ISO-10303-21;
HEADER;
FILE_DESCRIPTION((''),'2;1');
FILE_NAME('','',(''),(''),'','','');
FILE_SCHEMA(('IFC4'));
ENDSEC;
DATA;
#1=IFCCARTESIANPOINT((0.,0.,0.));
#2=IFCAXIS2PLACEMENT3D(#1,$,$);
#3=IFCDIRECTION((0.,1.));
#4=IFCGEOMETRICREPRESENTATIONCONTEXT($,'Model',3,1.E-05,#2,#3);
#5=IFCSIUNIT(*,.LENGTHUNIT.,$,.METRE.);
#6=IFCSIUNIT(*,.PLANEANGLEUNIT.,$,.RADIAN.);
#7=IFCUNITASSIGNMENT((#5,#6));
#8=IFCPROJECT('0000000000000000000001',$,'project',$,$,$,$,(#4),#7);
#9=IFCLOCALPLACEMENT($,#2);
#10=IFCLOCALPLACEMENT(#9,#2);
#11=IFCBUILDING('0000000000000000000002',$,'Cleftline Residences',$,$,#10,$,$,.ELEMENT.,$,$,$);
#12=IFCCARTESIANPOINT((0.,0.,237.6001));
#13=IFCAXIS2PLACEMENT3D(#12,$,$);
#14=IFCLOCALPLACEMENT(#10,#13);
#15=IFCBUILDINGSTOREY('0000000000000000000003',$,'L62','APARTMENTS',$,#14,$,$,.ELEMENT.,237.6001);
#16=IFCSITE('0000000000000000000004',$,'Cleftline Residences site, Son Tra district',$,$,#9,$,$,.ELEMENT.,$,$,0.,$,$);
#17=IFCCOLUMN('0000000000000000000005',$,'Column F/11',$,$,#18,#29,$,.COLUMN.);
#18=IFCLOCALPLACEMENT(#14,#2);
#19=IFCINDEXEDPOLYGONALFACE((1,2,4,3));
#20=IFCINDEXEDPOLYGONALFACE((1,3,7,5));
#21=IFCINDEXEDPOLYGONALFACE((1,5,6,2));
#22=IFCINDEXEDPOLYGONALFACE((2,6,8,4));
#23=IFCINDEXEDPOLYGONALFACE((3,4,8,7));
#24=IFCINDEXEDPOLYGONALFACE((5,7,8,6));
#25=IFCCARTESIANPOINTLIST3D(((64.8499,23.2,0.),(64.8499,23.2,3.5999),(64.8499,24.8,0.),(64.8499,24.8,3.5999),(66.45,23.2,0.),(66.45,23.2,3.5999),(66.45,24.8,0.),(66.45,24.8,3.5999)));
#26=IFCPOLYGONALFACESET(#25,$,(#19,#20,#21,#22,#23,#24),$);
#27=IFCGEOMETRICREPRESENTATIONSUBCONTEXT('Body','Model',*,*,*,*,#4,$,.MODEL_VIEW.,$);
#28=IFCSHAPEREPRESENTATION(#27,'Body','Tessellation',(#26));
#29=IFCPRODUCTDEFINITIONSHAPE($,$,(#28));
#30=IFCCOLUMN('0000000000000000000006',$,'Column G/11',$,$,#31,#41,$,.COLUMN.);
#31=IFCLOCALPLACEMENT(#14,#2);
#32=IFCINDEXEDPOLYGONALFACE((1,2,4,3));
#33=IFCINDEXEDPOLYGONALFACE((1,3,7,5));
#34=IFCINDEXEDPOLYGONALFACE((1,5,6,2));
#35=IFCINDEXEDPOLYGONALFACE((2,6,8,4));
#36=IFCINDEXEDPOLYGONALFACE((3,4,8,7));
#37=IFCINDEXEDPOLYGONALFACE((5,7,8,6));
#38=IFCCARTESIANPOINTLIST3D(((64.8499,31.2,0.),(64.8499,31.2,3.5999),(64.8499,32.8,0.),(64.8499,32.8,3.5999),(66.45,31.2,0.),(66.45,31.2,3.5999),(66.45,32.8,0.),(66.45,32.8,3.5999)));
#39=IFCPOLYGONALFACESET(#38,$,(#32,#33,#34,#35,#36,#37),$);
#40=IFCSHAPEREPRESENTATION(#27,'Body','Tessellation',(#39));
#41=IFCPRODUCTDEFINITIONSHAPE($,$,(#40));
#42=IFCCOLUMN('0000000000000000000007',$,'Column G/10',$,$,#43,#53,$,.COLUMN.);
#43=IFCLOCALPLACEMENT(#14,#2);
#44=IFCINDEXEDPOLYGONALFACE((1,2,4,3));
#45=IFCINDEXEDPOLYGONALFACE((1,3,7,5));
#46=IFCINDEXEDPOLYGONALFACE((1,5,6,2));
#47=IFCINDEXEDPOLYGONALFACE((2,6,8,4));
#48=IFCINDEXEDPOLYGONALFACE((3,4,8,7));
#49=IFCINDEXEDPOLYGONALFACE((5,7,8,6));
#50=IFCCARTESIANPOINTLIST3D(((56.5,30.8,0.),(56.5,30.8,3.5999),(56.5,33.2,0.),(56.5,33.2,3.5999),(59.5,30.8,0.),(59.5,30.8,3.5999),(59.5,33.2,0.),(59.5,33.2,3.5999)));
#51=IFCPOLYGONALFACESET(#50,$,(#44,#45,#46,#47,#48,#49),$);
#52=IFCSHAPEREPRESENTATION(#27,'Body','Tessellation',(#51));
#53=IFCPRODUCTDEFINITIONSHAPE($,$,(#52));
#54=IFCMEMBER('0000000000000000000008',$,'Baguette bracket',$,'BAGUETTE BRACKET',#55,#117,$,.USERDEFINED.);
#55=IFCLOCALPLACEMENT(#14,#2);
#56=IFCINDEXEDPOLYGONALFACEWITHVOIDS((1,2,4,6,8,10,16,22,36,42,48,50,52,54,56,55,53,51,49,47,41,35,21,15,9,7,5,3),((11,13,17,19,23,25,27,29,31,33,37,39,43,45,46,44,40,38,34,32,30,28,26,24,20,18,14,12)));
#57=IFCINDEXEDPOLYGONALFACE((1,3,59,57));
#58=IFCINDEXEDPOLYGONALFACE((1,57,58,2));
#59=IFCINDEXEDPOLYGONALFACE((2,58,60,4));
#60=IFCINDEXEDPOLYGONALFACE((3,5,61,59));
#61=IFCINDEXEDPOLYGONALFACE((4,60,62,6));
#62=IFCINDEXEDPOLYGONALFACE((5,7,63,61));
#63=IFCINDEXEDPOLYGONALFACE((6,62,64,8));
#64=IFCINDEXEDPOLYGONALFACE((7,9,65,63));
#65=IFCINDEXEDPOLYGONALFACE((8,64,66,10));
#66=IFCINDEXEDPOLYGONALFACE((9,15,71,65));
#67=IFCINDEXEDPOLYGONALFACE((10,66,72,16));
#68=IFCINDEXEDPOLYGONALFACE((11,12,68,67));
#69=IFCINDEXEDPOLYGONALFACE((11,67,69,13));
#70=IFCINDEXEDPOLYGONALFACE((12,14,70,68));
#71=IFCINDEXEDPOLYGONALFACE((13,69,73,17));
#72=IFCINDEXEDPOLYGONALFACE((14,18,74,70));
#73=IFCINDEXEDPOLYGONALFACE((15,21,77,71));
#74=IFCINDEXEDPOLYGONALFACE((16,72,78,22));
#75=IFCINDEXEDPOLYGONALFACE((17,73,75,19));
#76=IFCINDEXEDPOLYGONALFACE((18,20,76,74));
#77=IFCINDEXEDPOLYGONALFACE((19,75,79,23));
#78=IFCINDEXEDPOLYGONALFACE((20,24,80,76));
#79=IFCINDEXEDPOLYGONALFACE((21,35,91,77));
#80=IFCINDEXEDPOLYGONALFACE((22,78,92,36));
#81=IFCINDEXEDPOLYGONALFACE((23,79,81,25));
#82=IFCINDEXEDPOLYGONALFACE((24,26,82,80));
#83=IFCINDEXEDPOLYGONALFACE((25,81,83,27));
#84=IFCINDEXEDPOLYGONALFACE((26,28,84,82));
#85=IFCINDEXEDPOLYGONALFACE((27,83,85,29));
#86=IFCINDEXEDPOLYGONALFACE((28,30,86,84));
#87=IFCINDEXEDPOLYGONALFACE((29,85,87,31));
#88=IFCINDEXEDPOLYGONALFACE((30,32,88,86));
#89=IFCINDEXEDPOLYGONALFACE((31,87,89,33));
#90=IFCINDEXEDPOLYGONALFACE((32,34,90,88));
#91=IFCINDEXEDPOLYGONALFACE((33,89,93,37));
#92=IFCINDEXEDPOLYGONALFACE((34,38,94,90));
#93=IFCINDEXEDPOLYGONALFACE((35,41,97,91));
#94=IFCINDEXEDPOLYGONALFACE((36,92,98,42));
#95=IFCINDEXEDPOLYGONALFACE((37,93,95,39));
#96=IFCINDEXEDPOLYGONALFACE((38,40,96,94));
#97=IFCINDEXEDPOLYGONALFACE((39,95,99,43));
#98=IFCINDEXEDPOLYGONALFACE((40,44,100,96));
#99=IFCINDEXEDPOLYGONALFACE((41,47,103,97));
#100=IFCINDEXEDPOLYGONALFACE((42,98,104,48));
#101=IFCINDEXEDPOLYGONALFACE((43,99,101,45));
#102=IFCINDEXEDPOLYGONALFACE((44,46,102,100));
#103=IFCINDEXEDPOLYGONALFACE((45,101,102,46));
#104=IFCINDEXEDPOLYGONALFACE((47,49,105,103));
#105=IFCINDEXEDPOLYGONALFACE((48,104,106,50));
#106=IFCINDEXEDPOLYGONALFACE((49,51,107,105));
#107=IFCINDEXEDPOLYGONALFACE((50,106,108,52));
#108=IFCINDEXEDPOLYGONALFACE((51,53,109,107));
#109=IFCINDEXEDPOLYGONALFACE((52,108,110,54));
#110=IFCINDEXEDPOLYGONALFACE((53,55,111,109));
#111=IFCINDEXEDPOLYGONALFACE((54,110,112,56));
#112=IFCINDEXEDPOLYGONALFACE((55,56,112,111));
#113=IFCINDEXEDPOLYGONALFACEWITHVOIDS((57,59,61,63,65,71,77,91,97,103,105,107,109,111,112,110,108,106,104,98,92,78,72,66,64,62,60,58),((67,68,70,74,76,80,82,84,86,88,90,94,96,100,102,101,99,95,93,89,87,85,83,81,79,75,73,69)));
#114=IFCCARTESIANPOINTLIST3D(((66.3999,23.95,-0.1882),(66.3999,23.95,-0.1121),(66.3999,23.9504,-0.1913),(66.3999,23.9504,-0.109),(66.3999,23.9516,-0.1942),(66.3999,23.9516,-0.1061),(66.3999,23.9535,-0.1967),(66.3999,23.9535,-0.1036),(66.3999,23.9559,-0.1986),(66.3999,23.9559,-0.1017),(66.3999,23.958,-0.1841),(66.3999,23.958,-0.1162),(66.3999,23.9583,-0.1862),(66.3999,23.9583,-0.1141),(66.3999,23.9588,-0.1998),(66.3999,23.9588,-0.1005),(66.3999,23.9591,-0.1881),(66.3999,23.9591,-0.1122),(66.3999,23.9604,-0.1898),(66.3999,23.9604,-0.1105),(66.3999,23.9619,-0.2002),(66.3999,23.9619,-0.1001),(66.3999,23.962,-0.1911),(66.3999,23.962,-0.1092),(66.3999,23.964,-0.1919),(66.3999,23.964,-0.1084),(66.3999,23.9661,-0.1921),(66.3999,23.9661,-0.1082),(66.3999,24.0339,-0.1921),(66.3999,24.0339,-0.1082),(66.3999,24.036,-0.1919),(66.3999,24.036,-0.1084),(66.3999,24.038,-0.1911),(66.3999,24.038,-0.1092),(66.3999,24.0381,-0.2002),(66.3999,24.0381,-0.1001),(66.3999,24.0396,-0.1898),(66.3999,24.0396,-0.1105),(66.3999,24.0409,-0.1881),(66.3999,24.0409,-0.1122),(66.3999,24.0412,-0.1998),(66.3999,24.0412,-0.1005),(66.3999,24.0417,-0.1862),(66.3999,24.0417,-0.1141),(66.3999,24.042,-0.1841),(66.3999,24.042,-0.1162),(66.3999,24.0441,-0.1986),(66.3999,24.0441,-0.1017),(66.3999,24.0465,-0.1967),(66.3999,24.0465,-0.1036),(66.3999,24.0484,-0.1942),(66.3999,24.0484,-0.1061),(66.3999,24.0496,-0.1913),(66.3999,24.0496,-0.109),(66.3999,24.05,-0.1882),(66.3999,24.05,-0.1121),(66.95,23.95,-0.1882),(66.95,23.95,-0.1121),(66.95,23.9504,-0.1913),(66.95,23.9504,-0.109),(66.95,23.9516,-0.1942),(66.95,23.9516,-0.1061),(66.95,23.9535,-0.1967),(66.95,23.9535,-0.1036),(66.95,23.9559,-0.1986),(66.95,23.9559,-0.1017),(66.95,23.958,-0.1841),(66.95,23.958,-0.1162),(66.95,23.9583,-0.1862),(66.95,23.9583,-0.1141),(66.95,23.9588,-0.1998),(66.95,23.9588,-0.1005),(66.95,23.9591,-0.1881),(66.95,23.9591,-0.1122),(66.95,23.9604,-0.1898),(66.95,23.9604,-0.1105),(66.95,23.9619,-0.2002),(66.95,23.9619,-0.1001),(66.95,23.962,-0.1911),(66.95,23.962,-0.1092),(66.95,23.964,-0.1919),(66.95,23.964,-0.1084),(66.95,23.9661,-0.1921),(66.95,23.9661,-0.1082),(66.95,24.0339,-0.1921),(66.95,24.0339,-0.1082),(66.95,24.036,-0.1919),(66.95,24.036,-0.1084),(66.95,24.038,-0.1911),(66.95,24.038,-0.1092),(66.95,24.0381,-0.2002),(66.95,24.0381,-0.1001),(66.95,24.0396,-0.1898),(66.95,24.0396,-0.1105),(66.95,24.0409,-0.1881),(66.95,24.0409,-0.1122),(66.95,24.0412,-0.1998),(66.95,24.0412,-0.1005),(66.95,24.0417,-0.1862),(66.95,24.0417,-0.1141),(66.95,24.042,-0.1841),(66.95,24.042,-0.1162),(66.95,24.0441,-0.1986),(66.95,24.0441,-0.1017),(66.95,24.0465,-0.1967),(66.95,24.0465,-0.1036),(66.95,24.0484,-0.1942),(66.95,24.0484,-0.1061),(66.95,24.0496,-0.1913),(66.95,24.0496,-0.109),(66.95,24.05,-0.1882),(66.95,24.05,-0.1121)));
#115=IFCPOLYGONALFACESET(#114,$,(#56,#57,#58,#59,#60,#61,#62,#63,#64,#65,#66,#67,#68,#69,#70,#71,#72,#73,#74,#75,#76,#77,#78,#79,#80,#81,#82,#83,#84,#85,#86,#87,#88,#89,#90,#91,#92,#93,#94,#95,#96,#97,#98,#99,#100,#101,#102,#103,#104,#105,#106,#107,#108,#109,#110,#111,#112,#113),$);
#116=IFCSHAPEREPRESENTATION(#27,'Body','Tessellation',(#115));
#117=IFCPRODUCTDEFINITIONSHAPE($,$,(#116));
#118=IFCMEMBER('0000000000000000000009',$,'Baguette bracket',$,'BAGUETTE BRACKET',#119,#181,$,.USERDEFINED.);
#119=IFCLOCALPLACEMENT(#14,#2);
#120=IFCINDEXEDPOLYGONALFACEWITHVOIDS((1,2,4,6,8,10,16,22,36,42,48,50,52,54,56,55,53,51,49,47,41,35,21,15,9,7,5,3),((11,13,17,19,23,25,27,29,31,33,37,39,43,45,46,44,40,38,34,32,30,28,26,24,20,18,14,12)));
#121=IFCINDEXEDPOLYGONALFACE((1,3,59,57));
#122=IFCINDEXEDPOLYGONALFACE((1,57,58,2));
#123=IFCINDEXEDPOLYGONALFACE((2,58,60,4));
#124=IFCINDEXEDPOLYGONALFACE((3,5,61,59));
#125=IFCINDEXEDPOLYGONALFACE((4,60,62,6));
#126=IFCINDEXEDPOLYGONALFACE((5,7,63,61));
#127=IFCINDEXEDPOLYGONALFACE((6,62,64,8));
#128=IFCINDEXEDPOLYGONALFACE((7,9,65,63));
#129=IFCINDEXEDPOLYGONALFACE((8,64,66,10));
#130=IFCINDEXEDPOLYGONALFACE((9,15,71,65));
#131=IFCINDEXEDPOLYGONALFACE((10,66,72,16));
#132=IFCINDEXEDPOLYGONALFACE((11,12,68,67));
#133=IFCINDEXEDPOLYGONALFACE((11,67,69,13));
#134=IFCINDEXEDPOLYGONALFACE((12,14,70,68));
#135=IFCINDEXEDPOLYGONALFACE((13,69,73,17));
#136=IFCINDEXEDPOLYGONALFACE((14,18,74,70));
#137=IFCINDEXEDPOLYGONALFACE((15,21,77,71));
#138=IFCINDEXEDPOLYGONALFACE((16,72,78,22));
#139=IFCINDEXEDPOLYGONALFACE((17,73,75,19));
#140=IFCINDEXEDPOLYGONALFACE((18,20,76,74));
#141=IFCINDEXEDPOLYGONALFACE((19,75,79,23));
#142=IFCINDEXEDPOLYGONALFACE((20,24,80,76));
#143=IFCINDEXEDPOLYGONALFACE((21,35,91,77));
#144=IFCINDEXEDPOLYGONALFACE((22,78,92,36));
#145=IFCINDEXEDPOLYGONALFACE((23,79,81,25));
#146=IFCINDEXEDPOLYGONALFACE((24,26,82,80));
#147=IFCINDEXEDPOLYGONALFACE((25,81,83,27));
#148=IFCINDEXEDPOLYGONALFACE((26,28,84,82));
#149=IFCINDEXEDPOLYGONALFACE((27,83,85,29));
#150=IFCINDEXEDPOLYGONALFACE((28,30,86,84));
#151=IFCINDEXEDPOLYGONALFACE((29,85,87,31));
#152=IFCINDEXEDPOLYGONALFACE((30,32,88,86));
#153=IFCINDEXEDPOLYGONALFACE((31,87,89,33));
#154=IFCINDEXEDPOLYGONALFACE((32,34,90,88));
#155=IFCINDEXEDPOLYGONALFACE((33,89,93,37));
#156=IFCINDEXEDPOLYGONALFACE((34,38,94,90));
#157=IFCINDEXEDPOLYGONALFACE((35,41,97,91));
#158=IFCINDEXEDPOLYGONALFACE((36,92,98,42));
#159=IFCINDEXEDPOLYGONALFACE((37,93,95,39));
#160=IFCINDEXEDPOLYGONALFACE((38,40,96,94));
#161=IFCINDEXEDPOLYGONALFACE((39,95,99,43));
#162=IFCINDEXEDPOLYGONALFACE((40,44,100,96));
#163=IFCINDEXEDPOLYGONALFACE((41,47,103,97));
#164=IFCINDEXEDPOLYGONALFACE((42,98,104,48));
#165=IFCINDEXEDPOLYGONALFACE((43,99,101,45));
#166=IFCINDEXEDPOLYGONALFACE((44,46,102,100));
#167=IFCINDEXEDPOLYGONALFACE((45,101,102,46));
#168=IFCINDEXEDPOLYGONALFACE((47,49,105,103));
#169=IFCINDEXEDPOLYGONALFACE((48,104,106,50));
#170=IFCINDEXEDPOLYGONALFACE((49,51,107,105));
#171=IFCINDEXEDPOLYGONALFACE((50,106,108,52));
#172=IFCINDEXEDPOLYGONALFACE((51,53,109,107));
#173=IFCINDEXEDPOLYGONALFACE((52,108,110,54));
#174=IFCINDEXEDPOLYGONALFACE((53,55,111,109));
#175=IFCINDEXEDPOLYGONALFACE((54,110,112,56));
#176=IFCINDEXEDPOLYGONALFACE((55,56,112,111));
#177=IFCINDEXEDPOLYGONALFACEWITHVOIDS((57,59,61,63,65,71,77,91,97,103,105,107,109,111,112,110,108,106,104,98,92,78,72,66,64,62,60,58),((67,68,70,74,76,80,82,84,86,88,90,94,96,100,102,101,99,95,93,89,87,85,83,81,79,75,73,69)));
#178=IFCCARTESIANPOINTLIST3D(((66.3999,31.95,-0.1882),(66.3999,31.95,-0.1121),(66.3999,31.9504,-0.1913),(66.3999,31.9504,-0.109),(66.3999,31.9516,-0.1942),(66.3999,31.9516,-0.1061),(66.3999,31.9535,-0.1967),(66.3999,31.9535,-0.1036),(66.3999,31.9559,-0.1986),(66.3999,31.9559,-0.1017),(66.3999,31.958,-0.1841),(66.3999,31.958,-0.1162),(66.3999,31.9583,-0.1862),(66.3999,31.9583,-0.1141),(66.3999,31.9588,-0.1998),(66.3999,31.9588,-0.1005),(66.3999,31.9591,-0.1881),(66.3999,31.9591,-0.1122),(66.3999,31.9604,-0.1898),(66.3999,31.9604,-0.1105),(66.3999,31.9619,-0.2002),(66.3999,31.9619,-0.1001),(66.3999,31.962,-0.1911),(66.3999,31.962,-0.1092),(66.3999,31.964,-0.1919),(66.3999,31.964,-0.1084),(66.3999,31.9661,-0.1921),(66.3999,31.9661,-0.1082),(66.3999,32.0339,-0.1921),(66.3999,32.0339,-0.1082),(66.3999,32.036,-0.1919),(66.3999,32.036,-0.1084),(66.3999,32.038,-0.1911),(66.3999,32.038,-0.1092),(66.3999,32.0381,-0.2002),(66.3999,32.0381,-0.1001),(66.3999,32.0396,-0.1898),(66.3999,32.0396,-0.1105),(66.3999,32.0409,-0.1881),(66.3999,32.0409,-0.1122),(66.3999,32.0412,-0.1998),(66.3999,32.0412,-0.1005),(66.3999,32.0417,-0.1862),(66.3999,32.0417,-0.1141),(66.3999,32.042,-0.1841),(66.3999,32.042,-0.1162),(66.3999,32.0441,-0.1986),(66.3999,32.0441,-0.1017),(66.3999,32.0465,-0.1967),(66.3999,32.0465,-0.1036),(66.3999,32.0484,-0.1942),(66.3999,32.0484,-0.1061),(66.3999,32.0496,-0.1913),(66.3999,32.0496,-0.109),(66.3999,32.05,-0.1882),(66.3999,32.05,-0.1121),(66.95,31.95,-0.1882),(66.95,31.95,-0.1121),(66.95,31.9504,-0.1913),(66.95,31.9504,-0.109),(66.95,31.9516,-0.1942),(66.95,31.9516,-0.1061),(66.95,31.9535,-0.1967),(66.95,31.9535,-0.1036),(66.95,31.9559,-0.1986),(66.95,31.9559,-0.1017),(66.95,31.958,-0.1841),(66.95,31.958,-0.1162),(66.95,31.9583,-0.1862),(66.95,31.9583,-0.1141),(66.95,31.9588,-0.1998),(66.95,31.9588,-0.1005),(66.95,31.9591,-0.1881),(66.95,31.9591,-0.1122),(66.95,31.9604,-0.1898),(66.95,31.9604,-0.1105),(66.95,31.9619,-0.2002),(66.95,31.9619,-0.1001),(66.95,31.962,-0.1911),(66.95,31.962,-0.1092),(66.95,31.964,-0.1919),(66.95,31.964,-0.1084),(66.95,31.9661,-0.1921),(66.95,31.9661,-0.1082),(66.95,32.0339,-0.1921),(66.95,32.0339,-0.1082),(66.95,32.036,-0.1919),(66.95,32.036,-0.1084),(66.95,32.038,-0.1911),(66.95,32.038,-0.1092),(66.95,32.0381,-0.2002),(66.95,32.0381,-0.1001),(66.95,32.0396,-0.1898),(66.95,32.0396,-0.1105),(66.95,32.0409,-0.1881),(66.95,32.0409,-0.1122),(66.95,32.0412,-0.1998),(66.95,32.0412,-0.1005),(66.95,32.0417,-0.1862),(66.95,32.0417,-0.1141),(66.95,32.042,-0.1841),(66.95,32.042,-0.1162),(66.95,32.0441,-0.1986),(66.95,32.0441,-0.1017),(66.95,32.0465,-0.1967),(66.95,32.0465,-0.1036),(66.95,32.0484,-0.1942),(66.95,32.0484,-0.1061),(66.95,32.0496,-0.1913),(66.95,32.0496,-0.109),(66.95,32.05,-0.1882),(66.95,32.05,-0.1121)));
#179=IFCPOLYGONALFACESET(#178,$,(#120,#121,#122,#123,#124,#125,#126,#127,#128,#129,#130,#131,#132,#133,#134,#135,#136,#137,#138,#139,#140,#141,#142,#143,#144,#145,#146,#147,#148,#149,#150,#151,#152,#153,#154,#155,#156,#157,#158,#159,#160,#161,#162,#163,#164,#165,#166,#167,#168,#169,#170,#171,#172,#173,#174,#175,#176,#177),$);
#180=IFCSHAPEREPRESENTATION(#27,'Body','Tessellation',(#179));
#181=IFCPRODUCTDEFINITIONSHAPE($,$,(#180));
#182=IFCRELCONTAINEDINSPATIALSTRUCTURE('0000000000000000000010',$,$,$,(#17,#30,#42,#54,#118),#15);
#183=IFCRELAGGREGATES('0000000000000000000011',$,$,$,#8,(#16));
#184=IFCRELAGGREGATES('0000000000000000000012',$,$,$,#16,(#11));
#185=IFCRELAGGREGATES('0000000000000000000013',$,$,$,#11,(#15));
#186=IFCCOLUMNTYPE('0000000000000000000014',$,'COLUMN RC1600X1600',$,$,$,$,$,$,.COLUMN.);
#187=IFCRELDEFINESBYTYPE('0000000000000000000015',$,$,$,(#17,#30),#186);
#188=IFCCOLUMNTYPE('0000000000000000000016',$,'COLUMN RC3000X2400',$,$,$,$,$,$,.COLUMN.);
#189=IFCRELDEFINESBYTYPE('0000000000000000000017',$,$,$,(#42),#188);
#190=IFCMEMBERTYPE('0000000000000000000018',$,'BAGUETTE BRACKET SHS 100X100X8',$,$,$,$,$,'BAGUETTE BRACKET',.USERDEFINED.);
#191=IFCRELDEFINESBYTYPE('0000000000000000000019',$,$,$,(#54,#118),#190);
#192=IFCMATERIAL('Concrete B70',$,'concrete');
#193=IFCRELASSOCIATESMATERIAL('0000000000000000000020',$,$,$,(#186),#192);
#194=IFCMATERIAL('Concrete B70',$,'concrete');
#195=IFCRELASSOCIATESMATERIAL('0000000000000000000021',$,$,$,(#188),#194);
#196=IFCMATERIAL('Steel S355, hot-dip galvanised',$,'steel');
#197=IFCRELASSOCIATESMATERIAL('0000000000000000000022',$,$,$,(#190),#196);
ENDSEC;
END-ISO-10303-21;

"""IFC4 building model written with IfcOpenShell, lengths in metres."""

from ifc_helpers import new_model, si_unit, direction, frame, origin, origin_2d, place, context, subcontext, project, spatial, rectangle, hollow_rectangle, extrude, material, material_profile, profile_set, type_object, element, save


model = new_model("IFC4")

# Units and contexts
model_context = context("Model", 3, precision=1e-05, world=origin(), true_north=direction((0.0, 1.0)))
body_context = subcontext(model_context, "Body", "Model", "MODEL_VIEW")
ifc_project = project(units=[si_unit("LENGTHUNIT", "METRE"), si_unit("PLANEANGLEUNIT", "RADIAN")], contexts=[model_context])

# Site, building, storey
site_placement = place(None, origin())
site = spatial("IfcSite", under=ifc_project, at=site_placement, Name="Cleftline Residences site, Son Tra district", CompositionType="ELEMENT", RefElevation=0.0)
building_placement = place(site_placement, origin())
building = spatial("IfcBuilding", under=site, at=building_placement, Name="Cleftline Residences", CompositionType="ELEMENT")
storey_placement = place(building_placement, frame((0.0, 0.0, 237.6001)))
storey = spatial("IfcBuildingStorey", under=building, at=storey_placement, Name="L62", Description="APARTMENTS", CompositionType="ELEMENT", Elevation=237.6001)

# Columns
ifc_material_1 = material(Name="Concrete B70", Category="concrete")
ifc_material_profile_1 = material_profile(ifc_material_1, rectangle(XDim=1.6001, YDim=1.6001, at=origin_2d()))
ifc_profile_set_1 = profile_set([ifc_material_profile_1], Name="Concrete B70")
column_type_1 = type_object("IfcColumnType", Name="COLUMN RC1600X1600", PredefinedType="COLUMN", material=ifc_profile_set_1)
for number, where, z_axis, x_axis, name in (
    (1, (65.6499, 24.0, 0.0), (0.0, 0.0, 1.0), (1.0, 0.0, 0.0), "Column F/11"),
    (2, (65.6499, 32.0, 0.0), (0.0, 0.0, 1.0), (1.0, 0.0, 0.0), "Column G/11"),
):
    element("IfcColumn", number, at=place(storey_placement, frame(where, z_axis=z_axis, x_axis=x_axis)), inside=storey, type_object=column_type_1, Name=name, PredefinedType="COLUMN", context=body_context, shape_type="SweptSolid", body=[
        extrude(rectangle(XDim=1.6001, YDim=1.6001, at=origin_2d()), origin(), (0.0, 0.0, 1.0), 3.5999),
    ])
ifc_material_2 = material(Name="Concrete B70", Category="concrete")
ifc_material_profile_2 = material_profile(ifc_material_2, rectangle(XDim=3.0, YDim=2.3999, at=origin_2d()))
ifc_profile_set_2 = profile_set([ifc_material_profile_2], Name="Concrete B70")
column_type_2 = type_object("IfcColumnType", Name="COLUMN RC3000X2400", PredefinedType="COLUMN", material=ifc_profile_set_2)
column_placement = place(storey_placement, frame((58.0, 32.0, 0.0), z_axis=(0.0, 0.0, 1.0), x_axis=(1.0, 0.0, 0.0)))
element("IfcColumn", 3, at=column_placement, inside=storey, type_object=column_type_2, Name="Column G/10", PredefinedType="COLUMN", context=body_context, shape_type="SweptSolid", body=[
    extrude(rectangle(XDim=3.0, YDim=2.3999, at=origin_2d()), origin(), (0.0, 0.0, 1.0), 3.5999),
])

# Members
ifc_material_3 = material(Name="Steel S355, hot-dip galvanised", Category="steel")
ifc_material_profile_3 = material_profile(ifc_material_3, hollow_rectangle(XDim=0.1001, YDim=0.1001, WallThickness=0.0081, InnerFilletRadius=0.0081, OuterFilletRadius=0.012, at=origin_2d()))
ifc_profile_set_3 = profile_set([ifc_material_profile_3], Name="Steel S355, hot-dip galvanised")
member_type_1 = type_object("IfcMemberType", Name="BAGUETTE BRACKET SHS 100X100X8", ElementType="BAGUETTE BRACKET", PredefinedType="USERDEFINED", material=ifc_profile_set_3)
for number, where, z_axis, x_axis, name in (
    (4, (66.3999, 24.0, -0.1501), (1.0, 0.0, 0.0), (0.0, 1.0, 0.0), "Baguette bracket"),
    (5, (66.3999, 32.0, -0.1501), (1.0, 0.0, 0.0), (0.0, 1.0, 0.0), "Baguette bracket"),
):
    element("IfcMember", number, at=place(storey_placement, frame(where, z_axis=z_axis, x_axis=x_axis)), inside=storey, type_object=member_type_1, Name=name, ObjectType="BAGUETTE BRACKET", PredefinedType="USERDEFINED", context=body_context, shape_type="SweptSolid", body=[
        extrude(hollow_rectangle(XDim=0.1001, YDim=0.1001, WallThickness=0.0081, InnerFilletRadius=0.0081, OuterFilletRadius=0.012, at=origin_2d()), origin(), (0.0, 0.0, 1.0), 0.55),
    ])

save(model, "model.ifc")
